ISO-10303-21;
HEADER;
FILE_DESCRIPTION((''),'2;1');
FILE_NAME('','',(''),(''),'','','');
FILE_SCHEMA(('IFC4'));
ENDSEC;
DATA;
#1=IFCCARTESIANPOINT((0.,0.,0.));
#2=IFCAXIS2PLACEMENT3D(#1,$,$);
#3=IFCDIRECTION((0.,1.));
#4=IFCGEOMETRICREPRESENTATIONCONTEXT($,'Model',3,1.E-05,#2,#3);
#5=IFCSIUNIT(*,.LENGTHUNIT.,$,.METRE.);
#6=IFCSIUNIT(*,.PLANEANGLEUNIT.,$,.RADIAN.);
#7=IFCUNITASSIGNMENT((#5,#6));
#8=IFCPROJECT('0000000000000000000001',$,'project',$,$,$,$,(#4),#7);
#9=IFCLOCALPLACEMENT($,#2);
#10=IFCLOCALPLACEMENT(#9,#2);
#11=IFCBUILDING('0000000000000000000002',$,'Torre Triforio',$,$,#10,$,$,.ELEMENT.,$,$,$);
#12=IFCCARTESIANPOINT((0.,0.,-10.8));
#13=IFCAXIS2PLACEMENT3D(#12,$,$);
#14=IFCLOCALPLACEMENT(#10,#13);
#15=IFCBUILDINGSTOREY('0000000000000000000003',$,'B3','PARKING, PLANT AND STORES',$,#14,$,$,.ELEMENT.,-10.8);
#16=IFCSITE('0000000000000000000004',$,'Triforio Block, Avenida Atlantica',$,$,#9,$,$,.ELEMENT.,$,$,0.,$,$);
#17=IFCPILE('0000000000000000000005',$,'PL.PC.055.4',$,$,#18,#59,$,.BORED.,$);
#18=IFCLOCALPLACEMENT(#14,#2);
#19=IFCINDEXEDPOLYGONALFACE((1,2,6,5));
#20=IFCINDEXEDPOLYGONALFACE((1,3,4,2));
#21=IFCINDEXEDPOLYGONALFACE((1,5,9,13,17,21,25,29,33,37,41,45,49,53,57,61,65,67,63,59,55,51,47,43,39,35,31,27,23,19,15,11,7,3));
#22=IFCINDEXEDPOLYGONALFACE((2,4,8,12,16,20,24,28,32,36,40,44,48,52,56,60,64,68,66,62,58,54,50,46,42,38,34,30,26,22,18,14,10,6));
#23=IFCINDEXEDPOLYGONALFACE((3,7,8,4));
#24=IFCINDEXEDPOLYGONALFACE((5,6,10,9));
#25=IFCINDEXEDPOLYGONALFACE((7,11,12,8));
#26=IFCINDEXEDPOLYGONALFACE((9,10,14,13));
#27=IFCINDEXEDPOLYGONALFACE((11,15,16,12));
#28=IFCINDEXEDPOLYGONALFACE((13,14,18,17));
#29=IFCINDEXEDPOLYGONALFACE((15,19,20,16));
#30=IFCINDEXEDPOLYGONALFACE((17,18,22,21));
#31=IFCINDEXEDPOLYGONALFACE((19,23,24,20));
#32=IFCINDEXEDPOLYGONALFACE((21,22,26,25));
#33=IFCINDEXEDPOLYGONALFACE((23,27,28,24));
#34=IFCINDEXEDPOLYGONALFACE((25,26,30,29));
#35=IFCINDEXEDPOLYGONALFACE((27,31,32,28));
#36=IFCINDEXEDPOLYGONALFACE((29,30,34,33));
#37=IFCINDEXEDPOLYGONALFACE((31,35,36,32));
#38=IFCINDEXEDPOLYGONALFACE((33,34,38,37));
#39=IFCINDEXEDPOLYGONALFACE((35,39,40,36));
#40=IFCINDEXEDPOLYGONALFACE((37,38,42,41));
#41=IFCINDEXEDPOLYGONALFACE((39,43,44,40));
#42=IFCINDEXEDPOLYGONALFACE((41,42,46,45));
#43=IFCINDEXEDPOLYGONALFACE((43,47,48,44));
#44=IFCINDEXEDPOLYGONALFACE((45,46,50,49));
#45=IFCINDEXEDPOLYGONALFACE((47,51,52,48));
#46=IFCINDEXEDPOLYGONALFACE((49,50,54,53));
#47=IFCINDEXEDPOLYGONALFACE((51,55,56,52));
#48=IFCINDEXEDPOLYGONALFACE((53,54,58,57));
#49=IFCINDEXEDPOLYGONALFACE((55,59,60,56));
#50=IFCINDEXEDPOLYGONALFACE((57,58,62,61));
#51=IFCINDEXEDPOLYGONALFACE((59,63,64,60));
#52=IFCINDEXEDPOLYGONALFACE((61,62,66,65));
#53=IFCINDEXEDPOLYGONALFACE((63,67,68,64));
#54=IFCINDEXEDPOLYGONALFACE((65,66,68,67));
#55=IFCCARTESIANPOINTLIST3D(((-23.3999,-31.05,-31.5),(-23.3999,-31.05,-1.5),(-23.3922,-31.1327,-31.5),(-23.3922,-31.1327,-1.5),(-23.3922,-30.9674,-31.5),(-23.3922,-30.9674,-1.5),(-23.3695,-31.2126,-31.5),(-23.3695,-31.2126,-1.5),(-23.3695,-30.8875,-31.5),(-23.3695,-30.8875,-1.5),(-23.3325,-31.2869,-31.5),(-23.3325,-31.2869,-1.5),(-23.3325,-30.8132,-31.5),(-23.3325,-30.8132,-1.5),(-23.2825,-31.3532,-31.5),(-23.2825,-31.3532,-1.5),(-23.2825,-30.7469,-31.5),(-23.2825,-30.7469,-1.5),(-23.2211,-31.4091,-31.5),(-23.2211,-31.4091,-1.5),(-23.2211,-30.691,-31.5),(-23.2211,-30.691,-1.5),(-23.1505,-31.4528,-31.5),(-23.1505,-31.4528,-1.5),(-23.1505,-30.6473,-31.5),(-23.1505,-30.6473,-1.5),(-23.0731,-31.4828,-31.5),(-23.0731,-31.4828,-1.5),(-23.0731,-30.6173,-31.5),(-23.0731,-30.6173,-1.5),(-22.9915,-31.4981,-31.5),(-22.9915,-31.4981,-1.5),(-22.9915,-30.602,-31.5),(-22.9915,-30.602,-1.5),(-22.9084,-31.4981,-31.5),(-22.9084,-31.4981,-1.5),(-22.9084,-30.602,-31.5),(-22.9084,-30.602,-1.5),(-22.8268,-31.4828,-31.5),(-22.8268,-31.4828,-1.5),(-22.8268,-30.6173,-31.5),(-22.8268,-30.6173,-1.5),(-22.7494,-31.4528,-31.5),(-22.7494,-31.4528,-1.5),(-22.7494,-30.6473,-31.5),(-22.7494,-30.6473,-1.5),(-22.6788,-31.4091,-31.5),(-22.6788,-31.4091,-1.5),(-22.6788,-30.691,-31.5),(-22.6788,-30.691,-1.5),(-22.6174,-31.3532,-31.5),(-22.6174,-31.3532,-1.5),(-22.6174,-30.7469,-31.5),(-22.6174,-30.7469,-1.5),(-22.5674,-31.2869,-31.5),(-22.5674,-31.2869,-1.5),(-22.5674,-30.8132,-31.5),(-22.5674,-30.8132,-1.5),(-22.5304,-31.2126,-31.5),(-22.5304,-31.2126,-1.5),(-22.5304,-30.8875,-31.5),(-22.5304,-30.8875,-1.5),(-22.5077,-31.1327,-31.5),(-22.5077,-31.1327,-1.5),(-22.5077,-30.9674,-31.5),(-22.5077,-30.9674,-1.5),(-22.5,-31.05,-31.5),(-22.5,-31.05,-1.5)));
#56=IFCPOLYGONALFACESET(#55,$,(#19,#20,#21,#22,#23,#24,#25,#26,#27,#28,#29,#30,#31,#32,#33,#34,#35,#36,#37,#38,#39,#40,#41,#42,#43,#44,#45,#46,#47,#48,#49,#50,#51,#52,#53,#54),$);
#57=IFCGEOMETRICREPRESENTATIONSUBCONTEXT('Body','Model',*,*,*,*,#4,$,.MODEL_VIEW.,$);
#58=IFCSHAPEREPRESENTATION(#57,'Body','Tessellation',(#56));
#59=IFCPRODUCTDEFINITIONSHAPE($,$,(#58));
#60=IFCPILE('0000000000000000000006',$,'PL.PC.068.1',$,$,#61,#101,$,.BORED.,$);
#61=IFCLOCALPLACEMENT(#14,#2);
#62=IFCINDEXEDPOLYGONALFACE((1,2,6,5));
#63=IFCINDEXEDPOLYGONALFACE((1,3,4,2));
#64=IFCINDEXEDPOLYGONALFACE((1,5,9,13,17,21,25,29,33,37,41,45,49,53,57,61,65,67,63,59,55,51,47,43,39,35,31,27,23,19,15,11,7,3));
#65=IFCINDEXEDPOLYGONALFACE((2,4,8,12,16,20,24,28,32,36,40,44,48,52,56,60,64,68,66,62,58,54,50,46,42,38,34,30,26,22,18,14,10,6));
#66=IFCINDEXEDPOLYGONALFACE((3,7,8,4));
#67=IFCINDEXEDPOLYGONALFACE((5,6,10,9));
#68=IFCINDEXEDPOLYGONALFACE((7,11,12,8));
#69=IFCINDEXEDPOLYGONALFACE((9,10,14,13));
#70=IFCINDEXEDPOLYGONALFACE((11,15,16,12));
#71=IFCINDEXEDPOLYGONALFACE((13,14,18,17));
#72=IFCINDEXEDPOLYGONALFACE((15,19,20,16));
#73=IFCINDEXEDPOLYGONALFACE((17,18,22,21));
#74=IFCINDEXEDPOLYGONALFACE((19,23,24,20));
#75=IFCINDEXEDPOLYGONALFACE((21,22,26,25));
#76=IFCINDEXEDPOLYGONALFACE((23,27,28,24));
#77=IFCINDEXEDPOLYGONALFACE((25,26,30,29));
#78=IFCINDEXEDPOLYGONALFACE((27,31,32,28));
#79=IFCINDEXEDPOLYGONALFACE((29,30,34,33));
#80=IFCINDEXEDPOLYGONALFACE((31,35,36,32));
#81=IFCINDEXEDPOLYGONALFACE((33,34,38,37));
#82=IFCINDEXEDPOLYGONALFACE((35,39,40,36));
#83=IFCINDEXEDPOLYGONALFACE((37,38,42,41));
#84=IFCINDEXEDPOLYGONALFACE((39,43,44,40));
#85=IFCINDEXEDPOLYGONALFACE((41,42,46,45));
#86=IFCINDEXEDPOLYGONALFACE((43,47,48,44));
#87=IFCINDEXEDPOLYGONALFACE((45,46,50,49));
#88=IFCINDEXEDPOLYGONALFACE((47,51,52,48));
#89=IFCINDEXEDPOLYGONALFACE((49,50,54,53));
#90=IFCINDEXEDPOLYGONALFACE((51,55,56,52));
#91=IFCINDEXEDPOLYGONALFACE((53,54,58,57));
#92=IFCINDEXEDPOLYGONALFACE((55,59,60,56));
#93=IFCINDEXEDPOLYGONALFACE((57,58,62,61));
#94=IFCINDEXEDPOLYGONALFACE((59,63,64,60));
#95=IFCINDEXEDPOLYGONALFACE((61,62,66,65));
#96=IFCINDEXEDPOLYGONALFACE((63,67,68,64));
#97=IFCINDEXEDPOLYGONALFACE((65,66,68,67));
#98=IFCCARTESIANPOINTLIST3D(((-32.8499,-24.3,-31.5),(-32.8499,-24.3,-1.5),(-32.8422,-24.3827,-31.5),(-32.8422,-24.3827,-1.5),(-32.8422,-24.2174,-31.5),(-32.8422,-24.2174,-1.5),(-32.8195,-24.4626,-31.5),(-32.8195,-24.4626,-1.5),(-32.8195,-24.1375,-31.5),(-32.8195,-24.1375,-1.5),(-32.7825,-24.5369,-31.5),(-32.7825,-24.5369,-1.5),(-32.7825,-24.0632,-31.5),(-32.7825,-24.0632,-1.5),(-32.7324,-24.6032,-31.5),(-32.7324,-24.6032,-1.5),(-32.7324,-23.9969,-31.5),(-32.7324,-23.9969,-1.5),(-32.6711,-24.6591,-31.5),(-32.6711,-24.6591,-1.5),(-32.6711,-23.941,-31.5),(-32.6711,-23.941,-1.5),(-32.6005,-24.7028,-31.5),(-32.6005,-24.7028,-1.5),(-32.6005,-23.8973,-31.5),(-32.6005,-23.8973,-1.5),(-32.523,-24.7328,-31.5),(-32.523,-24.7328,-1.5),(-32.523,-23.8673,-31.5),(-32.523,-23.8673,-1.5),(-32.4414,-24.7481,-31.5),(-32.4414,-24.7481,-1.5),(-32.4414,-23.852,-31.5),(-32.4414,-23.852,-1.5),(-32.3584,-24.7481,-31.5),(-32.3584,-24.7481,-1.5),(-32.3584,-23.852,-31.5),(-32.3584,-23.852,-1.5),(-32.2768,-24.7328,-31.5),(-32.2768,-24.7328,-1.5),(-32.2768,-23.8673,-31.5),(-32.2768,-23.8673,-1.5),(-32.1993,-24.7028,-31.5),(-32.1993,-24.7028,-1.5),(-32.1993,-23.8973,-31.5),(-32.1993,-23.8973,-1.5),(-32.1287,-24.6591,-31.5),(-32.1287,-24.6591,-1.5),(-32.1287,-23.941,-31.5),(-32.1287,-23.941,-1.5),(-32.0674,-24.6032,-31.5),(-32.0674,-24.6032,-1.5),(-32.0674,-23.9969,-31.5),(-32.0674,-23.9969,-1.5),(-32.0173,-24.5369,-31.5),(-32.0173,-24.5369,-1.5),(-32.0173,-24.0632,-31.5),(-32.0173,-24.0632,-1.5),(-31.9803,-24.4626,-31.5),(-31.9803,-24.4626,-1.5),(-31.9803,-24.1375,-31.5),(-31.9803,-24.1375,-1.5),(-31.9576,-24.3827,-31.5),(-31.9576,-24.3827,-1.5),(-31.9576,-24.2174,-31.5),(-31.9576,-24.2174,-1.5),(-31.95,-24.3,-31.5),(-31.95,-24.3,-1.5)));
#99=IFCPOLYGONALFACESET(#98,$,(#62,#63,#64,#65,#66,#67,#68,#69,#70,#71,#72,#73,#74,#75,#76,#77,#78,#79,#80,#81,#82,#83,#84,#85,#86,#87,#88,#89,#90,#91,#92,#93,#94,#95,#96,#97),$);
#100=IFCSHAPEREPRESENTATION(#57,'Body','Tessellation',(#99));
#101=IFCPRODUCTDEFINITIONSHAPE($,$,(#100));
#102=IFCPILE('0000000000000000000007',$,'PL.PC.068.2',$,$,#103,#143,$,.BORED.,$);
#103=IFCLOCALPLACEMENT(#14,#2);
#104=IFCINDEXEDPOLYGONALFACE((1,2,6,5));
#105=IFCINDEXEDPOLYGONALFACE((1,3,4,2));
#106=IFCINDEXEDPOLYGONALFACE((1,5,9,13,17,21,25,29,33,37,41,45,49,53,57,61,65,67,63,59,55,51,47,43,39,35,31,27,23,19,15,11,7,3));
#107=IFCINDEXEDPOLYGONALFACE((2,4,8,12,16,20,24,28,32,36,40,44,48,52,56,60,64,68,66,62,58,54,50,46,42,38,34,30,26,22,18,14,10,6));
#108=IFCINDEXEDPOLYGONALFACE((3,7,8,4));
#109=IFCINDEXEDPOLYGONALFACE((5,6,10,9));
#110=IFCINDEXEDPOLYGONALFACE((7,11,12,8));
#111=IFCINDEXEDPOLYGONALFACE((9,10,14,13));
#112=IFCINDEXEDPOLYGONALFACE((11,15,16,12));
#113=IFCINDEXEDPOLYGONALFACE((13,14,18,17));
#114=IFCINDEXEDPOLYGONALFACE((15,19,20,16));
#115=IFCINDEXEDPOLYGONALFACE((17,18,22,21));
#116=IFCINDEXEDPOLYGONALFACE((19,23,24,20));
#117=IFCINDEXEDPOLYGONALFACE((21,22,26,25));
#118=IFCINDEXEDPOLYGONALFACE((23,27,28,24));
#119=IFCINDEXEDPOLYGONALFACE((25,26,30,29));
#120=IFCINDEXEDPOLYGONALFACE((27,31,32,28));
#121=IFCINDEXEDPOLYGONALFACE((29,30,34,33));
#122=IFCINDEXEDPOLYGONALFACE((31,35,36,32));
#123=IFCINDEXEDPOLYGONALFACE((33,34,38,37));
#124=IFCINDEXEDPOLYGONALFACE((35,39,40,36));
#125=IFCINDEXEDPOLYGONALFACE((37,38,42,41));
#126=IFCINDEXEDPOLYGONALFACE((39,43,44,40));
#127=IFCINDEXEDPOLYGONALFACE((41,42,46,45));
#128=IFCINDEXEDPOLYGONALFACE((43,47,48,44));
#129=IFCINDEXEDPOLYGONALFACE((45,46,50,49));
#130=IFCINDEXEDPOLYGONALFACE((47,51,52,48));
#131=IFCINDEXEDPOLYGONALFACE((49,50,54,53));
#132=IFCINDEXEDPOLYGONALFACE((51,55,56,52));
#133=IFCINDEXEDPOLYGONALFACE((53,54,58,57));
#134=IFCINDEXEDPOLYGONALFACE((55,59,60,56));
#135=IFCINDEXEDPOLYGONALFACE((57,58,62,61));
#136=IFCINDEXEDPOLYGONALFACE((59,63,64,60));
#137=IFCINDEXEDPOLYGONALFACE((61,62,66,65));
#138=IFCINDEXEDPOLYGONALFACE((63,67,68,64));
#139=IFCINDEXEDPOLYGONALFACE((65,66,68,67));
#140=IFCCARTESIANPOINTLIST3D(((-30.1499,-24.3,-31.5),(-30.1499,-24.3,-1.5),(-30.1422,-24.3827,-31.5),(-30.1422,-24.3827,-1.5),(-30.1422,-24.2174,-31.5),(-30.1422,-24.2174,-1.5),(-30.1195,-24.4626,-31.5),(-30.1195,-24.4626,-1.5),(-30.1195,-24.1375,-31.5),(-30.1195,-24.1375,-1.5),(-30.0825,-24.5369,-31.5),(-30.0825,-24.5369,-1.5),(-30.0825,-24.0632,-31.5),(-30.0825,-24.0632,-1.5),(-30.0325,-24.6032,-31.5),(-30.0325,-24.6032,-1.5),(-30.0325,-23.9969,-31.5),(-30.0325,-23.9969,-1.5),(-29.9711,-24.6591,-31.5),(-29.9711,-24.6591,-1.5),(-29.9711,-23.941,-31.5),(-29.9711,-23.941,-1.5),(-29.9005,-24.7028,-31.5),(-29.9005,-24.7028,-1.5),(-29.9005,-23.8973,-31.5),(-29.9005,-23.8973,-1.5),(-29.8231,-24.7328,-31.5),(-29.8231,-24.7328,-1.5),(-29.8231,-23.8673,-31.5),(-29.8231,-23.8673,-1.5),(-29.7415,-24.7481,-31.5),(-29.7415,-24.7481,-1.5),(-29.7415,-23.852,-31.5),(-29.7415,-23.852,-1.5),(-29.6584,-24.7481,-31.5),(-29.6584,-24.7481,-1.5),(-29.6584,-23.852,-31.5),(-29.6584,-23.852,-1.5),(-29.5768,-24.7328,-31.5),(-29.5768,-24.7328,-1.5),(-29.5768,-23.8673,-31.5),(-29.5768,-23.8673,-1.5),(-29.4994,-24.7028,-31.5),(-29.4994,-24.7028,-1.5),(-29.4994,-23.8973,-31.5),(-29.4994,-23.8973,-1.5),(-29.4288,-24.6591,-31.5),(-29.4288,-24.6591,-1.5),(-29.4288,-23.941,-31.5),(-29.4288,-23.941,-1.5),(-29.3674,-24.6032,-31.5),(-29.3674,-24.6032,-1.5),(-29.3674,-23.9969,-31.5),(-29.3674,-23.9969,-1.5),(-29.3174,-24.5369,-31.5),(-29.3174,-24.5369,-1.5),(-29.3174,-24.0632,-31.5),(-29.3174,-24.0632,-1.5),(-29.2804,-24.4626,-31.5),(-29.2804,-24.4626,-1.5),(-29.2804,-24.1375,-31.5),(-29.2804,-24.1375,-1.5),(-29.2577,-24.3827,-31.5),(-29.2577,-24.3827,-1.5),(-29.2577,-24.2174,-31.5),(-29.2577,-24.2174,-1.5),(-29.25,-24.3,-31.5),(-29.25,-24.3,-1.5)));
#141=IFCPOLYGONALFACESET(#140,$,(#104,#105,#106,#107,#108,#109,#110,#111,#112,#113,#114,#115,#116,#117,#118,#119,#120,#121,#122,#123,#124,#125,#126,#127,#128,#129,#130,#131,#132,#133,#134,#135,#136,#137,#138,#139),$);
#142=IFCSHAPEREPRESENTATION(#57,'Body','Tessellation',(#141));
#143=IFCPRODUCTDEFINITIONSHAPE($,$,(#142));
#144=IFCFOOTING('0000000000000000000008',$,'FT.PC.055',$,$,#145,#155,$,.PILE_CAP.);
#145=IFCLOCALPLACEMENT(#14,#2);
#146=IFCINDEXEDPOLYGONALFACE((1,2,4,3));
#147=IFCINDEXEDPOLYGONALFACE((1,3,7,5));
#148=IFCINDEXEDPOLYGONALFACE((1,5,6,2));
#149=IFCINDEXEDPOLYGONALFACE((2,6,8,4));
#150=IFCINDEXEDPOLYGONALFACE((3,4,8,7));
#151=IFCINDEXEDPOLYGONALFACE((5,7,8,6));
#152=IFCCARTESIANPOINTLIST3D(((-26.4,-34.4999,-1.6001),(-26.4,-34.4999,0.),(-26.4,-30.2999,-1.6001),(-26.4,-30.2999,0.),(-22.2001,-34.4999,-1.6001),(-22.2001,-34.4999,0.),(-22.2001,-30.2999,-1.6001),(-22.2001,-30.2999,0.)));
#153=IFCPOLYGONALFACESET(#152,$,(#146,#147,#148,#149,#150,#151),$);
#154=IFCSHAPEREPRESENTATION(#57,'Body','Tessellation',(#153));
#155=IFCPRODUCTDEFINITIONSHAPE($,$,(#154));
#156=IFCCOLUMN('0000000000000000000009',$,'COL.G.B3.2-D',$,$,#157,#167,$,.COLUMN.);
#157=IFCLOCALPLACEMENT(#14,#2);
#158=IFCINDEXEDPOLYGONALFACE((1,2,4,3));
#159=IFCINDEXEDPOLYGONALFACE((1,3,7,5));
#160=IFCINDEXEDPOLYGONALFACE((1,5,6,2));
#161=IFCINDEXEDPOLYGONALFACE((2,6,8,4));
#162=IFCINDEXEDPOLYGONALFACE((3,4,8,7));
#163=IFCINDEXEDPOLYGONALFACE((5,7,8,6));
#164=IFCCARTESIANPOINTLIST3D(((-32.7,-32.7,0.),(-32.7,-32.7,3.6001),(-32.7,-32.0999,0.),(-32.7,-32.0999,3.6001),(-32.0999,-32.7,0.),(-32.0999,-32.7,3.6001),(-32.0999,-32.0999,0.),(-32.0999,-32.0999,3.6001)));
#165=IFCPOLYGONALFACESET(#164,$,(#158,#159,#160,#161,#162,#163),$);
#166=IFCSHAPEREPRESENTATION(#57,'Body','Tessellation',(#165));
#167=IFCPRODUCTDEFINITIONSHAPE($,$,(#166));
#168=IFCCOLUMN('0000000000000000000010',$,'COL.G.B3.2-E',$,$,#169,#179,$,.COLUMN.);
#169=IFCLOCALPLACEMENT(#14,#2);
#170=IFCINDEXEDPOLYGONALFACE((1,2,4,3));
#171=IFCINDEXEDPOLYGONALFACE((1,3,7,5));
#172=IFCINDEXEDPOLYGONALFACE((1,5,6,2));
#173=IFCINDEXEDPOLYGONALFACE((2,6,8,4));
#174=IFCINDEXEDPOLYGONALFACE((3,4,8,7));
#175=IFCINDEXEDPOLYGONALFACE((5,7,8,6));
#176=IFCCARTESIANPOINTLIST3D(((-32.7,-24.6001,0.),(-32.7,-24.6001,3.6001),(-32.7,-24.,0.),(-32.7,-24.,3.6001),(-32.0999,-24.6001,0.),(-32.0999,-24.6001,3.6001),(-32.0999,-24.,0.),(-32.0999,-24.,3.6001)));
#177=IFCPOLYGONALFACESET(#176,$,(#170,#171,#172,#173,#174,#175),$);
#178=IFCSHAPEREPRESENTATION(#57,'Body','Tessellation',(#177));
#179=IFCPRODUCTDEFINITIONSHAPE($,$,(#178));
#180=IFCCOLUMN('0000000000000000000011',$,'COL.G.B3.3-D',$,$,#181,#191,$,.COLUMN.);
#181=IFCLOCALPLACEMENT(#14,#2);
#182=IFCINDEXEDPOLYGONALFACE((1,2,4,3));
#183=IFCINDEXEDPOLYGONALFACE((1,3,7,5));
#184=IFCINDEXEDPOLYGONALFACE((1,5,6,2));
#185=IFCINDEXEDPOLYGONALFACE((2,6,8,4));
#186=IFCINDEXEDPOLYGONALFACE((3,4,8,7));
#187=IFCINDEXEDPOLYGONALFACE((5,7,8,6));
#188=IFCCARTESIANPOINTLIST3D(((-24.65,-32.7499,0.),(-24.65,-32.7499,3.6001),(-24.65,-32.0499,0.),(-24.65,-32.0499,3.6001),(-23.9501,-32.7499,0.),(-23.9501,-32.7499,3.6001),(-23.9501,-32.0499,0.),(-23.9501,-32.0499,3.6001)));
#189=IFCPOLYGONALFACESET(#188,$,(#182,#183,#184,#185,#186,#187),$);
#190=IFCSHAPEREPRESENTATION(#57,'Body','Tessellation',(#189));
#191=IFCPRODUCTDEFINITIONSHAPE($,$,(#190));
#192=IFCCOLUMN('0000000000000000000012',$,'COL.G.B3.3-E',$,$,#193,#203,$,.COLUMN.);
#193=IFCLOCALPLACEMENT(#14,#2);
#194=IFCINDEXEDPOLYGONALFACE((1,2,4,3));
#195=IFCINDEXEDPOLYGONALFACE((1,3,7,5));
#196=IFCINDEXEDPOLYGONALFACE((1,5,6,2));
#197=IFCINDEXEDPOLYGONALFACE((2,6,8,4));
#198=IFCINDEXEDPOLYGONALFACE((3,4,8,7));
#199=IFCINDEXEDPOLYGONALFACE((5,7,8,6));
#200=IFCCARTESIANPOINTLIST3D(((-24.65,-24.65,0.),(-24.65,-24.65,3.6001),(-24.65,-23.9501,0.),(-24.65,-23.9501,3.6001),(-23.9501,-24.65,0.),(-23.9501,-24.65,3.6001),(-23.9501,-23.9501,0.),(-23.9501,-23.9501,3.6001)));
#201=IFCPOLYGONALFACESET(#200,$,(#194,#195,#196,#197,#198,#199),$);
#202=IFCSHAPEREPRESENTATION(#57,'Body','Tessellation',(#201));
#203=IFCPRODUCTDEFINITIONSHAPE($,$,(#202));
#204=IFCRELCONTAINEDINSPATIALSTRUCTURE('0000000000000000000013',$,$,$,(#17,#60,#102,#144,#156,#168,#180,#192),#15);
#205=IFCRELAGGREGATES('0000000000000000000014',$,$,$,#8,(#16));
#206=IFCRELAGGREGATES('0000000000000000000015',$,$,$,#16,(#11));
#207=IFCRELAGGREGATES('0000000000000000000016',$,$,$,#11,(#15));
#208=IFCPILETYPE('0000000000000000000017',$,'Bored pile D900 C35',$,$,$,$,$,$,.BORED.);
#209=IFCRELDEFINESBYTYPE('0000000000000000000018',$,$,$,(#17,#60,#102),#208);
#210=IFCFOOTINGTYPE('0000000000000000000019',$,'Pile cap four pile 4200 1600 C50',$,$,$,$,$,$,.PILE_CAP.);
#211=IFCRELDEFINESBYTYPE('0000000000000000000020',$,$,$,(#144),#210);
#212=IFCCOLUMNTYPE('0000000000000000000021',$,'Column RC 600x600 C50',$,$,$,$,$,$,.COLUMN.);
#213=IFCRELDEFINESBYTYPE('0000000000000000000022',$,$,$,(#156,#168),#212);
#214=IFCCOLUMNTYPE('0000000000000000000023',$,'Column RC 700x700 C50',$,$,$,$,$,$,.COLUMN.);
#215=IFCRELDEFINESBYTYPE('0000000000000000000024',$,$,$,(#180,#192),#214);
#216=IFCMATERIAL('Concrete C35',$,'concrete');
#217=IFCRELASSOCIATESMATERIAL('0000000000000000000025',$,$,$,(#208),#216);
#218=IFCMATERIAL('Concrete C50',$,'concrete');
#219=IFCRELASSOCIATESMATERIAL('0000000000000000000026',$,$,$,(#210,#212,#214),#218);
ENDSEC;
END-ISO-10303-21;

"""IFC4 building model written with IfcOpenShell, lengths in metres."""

from ifc_helpers import new_model, si_unit, direction, frame, origin, origin_2d, place, context, subcontext, project, spatial, rectangle, circle, extrude, material, material_profile, profile_set, type_object, element, save


model = new_model("IFC4")

# Units and contexts
model_context = context("Model", 3, precision=1e-05, world=origin(), true_north=direction((0.0, 1.0)))
body_context = subcontext(model_context, "Body", "Model", "MODEL_VIEW")
ifc_project = project(units=[si_unit("LENGTHUNIT", "METRE"), si_unit("PLANEANGLEUNIT", "RADIAN")], contexts=[model_context])

# Site, building, storey
site_placement = place(None, origin())
site = spatial("IfcSite", under=ifc_project, at=site_placement, Name="Triforio Block, Avenida Atlantica", CompositionType="ELEMENT", RefElevation=0.0)
building_placement = place(site_placement, origin())
building = spatial("IfcBuilding", under=site, at=building_placement, Name="Torre Triforio", CompositionType="ELEMENT")
storey_placement = place(building_placement, frame((0.0, 0.0, -10.8)))
storey = spatial("IfcBuildingStorey", under=building, at=storey_placement, Name="B3", Description="PARKING, PLANT AND STORES", CompositionType="ELEMENT", Elevation=-10.8)

# Piles
ifc_material_1 = material(Name="Concrete C35", Category="concrete")
ifc_material_profile_1 = material_profile(ifc_material_1, circle(Radius=0.45, at=origin_2d()), Name="RC D900")
ifc_profile_set_1 = profile_set([ifc_material_profile_1], Name="Concrete C35")
pile_type = type_object("IfcPileType", Name="Bored pile D900 C35", PredefinedType="BORED", material=ifc_profile_set_1)
for number, where, z_axis, x_axis, name in (
    (1, (-22.95, -31.05, -1.5), (0.0, 0.0, -1.0), (1.0, 0.0, 0.0), "PL.PC.055.4"),
    (2, (-32.3999, -24.3, -1.5), (0.0, 0.0, -1.0), (1.0, 0.0, 0.0), "PL.PC.068.1"),
    (3, (-29.7, -24.3, -1.5), (0.0, 0.0, -1.0), (1.0, 0.0, 0.0), "PL.PC.068.2"),
):
    element("IfcPile", number, at=place(storey_placement, frame(where, z_axis=z_axis, x_axis=x_axis)), inside=storey, type_object=pile_type, Name=name, PredefinedType="BORED", context=body_context, shape_type="SweptSolid", body=[
        extrude(circle(Radius=0.45, at=origin_2d()), origin(), (0.0, 0.0, 1.0), 30.0),
    ])

# Footing
ifc_material_2 = material(Name="Concrete C50", Category="concrete")
footing_type = type_object("IfcFootingType", Name="Pile cap four pile 4200 1600 C50", PredefinedType="PILE_CAP", material=ifc_material_2)
footing_placement = place(storey_placement, frame((-24.3, -32.3999, -1.6001), z_axis=(0.0, 0.0, 1.0), x_axis=(1.0, 0.0, 0.0)))
element("IfcFooting", 4, at=footing_placement, inside=storey, type_object=footing_type, Name="FT.PC.055", PredefinedType="PILE_CAP", context=body_context, shape_type="SweptSolid", body=[
    extrude(rectangle(XDim=4.2, YDim=4.2, at=origin_2d()), origin(), (0.0, 0.0, 1.0), 1.6001),
])

# Columns
ifc_material_profile_2 = material_profile(ifc_material_2, rectangle(XDim=0.6001, YDim=0.6001, at=origin_2d()), Name="RC 600x600")
ifc_profile_set_2 = profile_set([ifc_material_profile_2], Name="Concrete C50")
column_type_1 = type_object("IfcColumnType", Name="Column RC 600x600 C50", PredefinedType="COLUMN", material=ifc_profile_set_2)
for number, where, z_axis, x_axis, name in (
    (5, (-32.3999, -32.3999, 0.0), (0.0, 0.0, 1.0), (1.0, 0.0, 0.0), "COL.G.B3.2-D"),
    (6, (-32.3999, -24.3, 0.0), (0.0, 0.0, 1.0), (1.0, 0.0, 0.0), "COL.G.B3.2-E"),
):
    element("IfcColumn", number, at=place(storey_placement, frame(where, z_axis=z_axis, x_axis=x_axis)), inside=storey, type_object=column_type_1, Name=name, PredefinedType="COLUMN", context=body_context, shape_type="SweptSolid", body=[
        extrude(rectangle(XDim=0.6001, YDim=0.6001, at=origin_2d()), origin(), (0.0, 0.0, 1.0), 3.6001),
    ])
ifc_material_profile_3 = material_profile(ifc_material_2, rectangle(XDim=0.7, YDim=0.7, at=origin_2d()), Name="RC 700x700")
ifc_profile_set_3 = profile_set([ifc_material_profile_3], Name="Concrete C50")
column_type_2 = type_object("IfcColumnType", Name="Column RC 700x700 C50", PredefinedType="COLUMN", material=ifc_profile_set_3)
for number, where, z_axis, x_axis, name in (
    (7, (-24.3, -32.3999, 0.0), (0.0, 0.0, 1.0), (1.0, 0.0, 0.0), "COL.G.B3.3-D"),
    (8, (-24.3, -24.3, 0.0), (0.0, 0.0, 1.0), (1.0, 0.0, 0.0), "COL.G.B3.3-E"),
):
    element("IfcColumn", number, at=place(storey_placement, frame(where, z_axis=z_axis, x_axis=x_axis)), inside=storey, type_object=column_type_2, Name=name, PredefinedType="COLUMN", context=body_context, shape_type="SweptSolid", body=[
        extrude(rectangle(XDim=0.7, YDim=0.7, at=origin_2d()), origin(), (0.0, 0.0, 1.0), 3.6001),
    ])

save(model, "model.ifc")
